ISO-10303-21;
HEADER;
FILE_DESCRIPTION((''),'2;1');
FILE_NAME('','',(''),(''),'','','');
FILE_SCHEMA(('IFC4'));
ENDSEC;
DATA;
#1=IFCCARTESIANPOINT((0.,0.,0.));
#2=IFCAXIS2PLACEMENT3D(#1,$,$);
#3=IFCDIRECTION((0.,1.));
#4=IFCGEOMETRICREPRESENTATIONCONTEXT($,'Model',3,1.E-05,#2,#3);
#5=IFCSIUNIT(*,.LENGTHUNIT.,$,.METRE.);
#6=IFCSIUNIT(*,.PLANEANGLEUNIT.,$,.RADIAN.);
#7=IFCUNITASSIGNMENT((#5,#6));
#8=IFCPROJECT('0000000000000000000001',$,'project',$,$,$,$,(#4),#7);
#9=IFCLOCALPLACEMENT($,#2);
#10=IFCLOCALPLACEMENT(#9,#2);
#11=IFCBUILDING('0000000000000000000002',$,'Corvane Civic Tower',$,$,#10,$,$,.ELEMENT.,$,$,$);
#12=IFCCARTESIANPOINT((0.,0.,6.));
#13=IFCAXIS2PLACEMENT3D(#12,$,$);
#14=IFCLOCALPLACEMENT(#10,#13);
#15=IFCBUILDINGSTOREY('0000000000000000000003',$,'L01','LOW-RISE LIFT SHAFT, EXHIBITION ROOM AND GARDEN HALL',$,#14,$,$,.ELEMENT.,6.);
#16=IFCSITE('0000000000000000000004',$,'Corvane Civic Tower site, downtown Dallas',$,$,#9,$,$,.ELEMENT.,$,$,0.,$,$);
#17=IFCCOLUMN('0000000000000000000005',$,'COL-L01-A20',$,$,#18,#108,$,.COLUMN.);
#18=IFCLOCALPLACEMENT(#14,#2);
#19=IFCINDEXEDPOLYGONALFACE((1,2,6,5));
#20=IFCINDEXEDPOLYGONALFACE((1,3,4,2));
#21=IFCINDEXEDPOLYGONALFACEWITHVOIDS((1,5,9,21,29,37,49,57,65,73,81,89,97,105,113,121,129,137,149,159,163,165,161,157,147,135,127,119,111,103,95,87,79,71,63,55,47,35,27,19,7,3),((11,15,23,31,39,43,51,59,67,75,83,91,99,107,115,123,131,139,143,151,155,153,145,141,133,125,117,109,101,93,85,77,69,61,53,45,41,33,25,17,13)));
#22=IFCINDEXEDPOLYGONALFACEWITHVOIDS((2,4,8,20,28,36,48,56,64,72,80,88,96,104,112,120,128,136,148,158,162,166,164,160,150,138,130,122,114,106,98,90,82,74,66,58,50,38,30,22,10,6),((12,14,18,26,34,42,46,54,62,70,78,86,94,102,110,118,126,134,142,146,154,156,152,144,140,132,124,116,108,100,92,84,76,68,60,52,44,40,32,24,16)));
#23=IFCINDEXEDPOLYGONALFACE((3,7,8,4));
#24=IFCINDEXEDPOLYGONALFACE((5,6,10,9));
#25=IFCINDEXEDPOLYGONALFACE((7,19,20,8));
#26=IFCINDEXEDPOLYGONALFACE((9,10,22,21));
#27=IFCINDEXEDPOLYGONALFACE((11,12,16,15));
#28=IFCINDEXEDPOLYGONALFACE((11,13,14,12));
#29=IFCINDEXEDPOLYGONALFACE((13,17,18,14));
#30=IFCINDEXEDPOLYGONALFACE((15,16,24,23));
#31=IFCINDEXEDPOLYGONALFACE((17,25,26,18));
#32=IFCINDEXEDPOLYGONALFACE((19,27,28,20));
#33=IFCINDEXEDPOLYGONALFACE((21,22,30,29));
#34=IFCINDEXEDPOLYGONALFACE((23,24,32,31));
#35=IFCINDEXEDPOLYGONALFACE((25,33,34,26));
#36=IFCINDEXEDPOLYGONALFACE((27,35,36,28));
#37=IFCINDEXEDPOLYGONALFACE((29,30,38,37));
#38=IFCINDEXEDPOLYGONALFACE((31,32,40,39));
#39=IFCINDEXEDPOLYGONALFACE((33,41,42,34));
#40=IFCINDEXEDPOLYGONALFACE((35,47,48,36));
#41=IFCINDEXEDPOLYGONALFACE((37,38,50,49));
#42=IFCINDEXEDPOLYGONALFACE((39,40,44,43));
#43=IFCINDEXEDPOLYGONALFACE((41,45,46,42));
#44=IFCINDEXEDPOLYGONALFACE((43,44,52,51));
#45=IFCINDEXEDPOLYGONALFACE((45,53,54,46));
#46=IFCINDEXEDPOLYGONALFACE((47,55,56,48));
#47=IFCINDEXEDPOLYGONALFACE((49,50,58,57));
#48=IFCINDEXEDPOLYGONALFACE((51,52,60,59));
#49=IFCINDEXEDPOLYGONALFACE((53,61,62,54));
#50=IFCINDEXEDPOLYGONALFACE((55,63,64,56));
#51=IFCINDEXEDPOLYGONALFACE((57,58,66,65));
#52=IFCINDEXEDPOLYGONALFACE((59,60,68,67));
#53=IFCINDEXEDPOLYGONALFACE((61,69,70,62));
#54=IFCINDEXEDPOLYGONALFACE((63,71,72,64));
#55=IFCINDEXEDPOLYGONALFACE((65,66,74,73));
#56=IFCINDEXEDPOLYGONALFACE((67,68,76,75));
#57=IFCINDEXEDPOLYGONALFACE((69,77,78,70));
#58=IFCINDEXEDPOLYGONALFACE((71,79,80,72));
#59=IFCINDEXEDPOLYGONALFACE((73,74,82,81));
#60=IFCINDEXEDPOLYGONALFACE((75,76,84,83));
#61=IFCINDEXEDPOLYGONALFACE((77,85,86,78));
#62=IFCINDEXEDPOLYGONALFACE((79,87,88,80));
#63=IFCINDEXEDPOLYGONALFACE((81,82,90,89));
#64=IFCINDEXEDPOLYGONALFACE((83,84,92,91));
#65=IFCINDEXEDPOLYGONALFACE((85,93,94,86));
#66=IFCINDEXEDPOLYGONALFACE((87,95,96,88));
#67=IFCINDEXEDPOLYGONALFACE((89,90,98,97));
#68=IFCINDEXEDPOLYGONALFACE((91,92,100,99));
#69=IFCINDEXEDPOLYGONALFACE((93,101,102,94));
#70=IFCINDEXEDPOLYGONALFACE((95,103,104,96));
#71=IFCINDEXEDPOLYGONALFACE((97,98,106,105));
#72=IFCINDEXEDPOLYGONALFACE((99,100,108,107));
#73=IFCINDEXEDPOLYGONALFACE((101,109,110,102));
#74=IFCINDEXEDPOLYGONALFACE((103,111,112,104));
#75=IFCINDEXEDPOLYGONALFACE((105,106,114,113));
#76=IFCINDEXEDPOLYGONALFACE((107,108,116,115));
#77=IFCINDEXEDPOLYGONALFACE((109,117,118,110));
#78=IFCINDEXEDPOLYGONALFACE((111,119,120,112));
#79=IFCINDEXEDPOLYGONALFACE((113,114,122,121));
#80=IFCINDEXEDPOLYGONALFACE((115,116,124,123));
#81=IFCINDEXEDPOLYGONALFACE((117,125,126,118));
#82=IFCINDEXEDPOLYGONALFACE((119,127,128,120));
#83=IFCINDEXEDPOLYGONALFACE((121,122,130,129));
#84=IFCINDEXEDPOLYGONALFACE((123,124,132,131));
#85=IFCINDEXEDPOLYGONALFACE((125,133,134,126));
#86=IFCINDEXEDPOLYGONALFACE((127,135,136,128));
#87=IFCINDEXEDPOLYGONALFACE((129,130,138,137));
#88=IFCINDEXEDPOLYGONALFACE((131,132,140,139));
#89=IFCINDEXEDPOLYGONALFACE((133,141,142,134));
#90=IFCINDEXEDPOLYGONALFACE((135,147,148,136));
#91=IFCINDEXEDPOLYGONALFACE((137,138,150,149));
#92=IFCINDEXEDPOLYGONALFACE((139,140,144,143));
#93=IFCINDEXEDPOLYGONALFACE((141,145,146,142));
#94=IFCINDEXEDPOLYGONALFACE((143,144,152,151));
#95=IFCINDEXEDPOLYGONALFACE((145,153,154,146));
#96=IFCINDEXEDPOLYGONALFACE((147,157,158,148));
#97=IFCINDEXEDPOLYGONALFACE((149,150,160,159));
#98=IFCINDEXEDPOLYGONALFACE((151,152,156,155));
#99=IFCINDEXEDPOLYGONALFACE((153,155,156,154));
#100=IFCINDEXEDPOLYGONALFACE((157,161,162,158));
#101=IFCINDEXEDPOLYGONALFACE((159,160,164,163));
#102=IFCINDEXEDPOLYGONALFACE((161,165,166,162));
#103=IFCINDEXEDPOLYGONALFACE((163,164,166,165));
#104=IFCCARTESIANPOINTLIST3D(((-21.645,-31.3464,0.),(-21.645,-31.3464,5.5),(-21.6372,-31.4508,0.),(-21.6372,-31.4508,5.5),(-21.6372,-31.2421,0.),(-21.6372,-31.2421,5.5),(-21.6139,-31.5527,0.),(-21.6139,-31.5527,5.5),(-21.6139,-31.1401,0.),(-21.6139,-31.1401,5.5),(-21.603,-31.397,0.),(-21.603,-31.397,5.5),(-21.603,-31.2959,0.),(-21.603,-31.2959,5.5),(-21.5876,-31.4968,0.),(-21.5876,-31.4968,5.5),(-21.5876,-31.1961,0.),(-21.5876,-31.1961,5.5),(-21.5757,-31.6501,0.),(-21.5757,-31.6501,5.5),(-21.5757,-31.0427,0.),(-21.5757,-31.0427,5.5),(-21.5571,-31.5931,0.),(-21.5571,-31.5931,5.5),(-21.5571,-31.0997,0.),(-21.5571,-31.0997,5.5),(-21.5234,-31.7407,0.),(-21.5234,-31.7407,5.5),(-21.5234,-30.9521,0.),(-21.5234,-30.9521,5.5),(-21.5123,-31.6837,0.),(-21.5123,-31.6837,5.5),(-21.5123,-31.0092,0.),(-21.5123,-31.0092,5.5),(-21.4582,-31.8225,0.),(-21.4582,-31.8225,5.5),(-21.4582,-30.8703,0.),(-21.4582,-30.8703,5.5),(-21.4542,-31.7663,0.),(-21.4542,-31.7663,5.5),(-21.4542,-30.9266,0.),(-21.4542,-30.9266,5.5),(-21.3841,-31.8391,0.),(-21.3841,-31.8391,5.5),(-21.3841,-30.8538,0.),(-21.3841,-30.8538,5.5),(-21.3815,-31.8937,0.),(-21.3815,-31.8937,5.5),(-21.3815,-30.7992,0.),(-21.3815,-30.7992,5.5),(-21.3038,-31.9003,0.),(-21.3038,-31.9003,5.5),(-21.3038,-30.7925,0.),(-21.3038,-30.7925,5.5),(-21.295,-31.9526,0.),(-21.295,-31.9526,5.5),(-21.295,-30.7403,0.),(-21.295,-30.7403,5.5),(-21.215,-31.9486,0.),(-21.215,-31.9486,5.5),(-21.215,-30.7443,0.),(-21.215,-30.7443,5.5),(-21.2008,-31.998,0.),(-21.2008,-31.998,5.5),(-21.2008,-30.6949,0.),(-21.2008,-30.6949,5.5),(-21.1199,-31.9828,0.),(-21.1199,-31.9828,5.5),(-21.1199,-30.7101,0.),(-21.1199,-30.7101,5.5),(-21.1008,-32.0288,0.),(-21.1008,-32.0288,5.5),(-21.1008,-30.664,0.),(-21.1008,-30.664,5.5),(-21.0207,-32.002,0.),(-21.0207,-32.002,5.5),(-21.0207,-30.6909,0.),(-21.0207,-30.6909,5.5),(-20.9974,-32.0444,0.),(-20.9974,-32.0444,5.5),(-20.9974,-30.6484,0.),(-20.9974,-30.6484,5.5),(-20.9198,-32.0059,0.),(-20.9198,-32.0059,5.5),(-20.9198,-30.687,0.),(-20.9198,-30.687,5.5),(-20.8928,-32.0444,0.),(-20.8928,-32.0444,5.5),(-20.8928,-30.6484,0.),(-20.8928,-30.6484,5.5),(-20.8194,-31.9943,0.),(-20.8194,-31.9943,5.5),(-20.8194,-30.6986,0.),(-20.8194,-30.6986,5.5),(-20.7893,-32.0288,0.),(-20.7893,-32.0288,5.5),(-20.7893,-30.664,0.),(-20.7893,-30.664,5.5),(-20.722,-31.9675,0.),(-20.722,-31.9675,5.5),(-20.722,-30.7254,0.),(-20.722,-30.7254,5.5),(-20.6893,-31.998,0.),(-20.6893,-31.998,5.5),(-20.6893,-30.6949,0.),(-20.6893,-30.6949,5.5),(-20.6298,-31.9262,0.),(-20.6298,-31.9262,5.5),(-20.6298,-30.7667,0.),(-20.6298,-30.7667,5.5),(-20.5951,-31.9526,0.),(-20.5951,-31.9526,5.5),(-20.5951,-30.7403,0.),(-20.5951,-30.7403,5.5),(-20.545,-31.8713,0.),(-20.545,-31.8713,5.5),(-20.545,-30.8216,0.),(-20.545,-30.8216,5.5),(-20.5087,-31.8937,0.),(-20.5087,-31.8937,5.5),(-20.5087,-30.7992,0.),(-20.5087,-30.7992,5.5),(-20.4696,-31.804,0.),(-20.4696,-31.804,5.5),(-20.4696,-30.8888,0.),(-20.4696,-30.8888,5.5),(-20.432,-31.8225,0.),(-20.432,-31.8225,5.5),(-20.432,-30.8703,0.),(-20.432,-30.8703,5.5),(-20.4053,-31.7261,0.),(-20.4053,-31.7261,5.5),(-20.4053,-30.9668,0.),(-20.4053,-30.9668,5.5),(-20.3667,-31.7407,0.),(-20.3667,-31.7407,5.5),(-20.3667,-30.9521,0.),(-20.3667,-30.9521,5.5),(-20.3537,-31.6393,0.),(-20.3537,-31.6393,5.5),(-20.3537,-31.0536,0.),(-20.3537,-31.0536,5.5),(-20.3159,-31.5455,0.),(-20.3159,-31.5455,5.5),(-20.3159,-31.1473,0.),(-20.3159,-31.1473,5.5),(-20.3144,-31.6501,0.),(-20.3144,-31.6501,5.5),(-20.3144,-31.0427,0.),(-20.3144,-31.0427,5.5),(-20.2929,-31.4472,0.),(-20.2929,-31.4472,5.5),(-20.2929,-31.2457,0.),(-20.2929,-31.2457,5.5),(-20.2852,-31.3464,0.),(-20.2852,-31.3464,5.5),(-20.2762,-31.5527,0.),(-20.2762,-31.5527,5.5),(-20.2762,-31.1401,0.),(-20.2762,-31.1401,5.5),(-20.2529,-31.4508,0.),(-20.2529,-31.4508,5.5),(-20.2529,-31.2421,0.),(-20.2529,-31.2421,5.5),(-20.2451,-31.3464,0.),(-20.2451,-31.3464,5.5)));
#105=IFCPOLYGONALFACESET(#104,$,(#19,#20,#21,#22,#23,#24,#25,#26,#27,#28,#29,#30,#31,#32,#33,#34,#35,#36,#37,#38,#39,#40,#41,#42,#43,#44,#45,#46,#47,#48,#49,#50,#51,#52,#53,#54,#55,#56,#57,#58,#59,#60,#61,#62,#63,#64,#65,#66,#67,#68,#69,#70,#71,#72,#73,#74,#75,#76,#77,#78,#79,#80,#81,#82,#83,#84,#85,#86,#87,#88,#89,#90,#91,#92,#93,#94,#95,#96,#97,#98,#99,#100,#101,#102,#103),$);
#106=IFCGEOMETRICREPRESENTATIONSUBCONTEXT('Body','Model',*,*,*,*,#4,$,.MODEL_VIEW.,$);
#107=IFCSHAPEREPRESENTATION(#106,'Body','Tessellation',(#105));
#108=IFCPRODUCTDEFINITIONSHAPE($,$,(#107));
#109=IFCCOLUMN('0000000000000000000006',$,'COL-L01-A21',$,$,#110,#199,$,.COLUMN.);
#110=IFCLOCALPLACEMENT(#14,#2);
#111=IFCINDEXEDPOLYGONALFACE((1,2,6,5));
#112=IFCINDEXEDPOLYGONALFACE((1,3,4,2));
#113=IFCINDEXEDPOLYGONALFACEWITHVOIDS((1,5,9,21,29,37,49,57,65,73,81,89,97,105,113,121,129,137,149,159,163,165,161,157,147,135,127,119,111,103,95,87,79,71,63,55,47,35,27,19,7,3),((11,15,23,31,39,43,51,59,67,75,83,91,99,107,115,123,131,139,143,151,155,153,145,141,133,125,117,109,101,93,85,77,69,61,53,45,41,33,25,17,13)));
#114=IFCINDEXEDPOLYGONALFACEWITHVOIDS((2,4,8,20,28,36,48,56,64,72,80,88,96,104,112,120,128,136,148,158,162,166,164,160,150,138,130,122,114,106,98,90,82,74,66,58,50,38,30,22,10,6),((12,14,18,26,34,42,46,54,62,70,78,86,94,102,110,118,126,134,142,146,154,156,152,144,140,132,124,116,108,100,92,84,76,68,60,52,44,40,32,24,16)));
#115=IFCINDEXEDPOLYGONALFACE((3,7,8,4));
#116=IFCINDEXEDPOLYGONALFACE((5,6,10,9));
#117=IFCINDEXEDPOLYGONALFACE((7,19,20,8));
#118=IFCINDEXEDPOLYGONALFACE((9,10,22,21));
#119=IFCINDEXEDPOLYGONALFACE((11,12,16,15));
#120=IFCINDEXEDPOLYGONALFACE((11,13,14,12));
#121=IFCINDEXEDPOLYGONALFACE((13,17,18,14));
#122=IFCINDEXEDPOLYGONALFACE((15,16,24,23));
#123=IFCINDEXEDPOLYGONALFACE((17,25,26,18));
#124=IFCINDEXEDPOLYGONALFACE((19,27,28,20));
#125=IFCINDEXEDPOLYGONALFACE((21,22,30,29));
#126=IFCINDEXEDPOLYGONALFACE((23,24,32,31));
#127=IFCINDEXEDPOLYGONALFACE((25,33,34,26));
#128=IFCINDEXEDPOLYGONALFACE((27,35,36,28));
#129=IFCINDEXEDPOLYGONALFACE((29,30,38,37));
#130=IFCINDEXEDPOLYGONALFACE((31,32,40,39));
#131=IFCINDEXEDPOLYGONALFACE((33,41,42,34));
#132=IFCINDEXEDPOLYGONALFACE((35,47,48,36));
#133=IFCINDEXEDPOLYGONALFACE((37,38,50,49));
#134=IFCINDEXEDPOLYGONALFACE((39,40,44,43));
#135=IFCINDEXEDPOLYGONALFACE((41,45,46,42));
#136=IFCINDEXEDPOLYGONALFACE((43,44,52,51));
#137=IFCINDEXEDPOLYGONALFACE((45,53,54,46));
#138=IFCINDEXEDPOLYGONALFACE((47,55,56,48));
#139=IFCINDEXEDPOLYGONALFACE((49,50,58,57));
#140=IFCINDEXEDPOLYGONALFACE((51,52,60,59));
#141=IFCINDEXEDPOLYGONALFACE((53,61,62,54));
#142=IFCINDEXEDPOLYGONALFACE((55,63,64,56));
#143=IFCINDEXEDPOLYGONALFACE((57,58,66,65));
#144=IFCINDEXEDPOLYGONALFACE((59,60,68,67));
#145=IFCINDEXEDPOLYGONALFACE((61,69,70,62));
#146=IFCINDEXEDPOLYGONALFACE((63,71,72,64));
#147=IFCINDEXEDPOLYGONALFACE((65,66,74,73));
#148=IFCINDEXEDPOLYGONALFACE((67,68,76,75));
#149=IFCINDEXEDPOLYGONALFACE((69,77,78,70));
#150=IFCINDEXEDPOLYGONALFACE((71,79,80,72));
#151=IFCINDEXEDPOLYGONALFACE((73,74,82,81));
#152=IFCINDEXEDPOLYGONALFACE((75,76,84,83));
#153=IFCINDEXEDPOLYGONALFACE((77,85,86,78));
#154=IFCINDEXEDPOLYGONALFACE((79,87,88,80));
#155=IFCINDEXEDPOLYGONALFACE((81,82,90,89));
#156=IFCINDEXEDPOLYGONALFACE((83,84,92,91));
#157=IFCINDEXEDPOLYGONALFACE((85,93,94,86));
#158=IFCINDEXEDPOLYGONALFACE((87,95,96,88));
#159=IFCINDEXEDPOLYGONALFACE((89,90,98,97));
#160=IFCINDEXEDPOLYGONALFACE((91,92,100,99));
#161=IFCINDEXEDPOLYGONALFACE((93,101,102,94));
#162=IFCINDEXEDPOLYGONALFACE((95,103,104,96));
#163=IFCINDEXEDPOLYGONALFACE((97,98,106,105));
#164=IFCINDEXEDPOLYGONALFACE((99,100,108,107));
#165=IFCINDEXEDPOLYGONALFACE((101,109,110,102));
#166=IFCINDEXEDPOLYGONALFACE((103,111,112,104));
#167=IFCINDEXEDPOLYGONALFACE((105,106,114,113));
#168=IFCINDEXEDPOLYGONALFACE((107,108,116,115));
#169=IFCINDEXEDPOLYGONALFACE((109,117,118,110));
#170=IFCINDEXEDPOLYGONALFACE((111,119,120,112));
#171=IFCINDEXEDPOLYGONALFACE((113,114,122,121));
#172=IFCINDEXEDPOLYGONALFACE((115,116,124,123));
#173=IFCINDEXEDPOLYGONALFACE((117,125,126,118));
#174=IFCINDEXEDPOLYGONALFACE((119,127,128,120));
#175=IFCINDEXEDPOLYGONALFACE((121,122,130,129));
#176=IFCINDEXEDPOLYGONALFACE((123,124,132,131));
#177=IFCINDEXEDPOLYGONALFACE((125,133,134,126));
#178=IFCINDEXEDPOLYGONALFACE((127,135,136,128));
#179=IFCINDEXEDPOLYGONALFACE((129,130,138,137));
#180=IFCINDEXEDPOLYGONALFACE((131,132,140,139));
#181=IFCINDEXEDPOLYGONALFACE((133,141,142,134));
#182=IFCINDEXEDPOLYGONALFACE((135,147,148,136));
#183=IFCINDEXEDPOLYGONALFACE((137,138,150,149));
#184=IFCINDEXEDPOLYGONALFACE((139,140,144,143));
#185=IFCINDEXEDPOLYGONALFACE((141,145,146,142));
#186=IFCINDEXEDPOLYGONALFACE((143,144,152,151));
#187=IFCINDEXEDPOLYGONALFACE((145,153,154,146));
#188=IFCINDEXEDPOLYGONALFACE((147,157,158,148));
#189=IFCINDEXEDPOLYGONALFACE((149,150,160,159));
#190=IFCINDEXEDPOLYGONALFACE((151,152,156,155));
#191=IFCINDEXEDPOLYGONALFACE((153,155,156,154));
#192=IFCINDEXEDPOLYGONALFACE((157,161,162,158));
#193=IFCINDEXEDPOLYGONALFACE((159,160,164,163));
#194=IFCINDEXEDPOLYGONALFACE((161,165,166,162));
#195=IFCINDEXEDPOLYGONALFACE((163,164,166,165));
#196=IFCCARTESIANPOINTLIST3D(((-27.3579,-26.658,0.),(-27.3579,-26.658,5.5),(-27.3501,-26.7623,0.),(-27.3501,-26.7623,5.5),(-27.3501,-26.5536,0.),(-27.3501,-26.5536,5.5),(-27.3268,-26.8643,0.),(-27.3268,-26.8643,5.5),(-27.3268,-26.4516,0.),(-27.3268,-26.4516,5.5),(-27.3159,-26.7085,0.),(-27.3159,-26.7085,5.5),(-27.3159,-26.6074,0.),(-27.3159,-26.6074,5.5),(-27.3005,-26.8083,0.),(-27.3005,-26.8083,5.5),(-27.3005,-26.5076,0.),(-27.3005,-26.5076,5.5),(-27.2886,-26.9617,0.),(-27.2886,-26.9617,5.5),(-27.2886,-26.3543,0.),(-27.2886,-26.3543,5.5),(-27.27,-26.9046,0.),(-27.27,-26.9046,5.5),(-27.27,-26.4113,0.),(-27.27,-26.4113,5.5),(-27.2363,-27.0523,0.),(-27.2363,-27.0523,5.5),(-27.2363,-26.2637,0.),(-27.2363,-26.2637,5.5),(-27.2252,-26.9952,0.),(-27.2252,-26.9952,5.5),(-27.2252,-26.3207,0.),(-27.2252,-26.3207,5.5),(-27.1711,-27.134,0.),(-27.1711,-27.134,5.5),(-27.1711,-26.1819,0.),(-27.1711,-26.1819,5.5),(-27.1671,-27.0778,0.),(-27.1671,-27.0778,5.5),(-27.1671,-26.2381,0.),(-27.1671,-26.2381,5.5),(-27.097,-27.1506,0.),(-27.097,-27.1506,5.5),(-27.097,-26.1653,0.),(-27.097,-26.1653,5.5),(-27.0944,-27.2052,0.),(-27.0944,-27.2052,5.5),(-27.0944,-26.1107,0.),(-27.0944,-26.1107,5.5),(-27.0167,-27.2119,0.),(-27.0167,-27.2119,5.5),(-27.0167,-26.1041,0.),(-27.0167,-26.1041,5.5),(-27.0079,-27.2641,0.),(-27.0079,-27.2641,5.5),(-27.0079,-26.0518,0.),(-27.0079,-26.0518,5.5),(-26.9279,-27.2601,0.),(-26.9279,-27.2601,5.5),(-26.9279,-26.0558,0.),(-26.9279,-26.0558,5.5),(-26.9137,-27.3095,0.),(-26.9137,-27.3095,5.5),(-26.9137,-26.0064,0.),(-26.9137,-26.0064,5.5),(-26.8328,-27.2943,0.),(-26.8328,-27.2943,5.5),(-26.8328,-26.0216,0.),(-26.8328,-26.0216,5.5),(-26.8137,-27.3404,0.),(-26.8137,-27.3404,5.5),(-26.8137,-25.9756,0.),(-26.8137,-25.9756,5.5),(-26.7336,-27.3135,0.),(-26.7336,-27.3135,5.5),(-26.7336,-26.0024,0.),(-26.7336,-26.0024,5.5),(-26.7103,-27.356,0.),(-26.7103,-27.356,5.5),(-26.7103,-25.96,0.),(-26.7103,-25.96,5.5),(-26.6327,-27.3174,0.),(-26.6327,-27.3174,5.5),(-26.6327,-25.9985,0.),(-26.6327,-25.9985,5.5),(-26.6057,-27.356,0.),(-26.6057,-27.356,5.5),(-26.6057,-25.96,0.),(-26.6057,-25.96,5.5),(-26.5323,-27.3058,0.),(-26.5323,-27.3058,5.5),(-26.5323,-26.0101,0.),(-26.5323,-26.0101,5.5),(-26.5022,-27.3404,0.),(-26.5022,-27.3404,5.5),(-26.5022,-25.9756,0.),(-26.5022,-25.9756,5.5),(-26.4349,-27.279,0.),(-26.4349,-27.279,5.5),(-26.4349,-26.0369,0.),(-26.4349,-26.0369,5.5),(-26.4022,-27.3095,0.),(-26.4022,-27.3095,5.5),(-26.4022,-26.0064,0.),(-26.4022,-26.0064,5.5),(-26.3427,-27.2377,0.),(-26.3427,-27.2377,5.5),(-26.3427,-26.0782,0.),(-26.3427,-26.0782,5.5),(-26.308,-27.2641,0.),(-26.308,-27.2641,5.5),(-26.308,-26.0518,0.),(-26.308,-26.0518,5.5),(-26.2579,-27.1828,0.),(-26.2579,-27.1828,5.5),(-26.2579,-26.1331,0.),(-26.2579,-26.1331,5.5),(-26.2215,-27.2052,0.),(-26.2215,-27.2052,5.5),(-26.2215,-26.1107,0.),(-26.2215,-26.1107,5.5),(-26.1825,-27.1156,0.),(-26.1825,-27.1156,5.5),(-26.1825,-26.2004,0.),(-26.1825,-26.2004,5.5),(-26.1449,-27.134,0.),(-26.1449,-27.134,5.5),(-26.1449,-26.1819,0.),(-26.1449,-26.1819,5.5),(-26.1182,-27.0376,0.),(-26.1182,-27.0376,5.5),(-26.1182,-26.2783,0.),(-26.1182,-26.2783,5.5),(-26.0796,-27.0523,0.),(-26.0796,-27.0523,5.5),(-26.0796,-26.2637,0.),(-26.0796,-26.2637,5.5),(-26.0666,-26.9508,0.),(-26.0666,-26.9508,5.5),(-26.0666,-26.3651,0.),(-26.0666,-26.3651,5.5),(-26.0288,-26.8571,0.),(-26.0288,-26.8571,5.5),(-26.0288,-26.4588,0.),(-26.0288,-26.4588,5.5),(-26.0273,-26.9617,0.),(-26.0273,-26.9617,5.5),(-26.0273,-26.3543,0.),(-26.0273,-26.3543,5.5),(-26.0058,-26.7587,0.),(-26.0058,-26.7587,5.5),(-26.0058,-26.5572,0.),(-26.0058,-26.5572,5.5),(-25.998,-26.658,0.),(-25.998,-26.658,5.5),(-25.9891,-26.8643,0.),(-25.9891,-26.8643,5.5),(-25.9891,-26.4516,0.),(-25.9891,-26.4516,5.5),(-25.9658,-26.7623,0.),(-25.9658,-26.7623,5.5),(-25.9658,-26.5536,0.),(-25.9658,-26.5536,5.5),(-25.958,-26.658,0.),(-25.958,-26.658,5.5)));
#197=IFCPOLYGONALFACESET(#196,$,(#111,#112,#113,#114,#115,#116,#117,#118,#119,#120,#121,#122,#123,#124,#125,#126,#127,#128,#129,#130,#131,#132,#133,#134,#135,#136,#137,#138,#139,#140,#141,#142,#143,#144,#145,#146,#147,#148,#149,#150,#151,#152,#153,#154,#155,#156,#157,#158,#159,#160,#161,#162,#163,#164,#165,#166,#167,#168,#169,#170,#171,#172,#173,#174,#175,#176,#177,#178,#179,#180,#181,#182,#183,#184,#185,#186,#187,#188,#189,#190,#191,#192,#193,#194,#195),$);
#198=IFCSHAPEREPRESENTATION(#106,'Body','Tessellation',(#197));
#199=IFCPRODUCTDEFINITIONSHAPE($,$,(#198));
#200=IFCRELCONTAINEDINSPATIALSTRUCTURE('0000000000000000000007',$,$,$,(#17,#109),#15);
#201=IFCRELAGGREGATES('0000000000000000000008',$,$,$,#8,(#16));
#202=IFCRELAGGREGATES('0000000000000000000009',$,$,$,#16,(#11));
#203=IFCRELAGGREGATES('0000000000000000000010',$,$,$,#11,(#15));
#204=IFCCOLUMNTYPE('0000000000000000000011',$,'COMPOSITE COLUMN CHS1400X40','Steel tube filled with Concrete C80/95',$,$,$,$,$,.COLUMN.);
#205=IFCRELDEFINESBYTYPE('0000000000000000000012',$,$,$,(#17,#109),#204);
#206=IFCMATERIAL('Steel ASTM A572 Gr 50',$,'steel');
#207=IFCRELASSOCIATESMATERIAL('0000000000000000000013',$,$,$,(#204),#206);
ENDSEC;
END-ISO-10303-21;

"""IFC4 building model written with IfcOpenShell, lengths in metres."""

from ifc_helpers import new_model, si_unit, direction, frame, origin, origin_2d, place, context, subcontext, project, spatial, hollow_circle, extrude, material, material_profile, profile_set, type_object, element, save


model = new_model("IFC4")

# Units and contexts
model_context = context("Model", 3, precision=1e-05, world=origin(), true_north=direction((0.0, 1.0)))
body_context = subcontext(model_context, "Body", "Model", "MODEL_VIEW")
ifc_project = project(units=[si_unit("LENGTHUNIT", "METRE"), si_unit("PLANEANGLEUNIT", "RADIAN")], contexts=[model_context])

# Site, building, storey
site_placement = place(None, origin())
site = spatial("IfcSite", under=ifc_project, at=site_placement, Name="Corvane Civic Tower site, downtown Dallas", CompositionType="ELEMENT", RefElevation=0.0)
building_placement = place(site_placement, origin())
building = spatial("IfcBuilding", under=site, at=building_placement, Name="Corvane Civic Tower", CompositionType="ELEMENT")
storey_placement = place(building_placement, frame((0.0, 0.0, 6.0)))
storey = spatial("IfcBuildingStorey", under=building, at=storey_placement, Name="L01", Description="LOW-RISE LIFT SHAFT, EXHIBITION ROOM AND GARDEN HALL", CompositionType="ELEMENT", Elevation=6.0)

# Columns
ifc_material_1 = material(Name="Steel ASTM A572 Gr 50", Category="steel")
ifc_material_profile_1 = material_profile(ifc_material_1, hollow_circle(Radius=0.7, WallThickness=0.04, at=origin_2d()), Name="CHS1400X40")
ifc_profile_set_1 = profile_set([ifc_material_profile_1], Name="Steel ASTM A572 Gr 50")
column_type_1 = type_object("IfcColumnType", Name="COMPOSITE COLUMN CHS1400X40", Description="Steel tube filled with Concrete C80/95", PredefinedType="COLUMN", material=ifc_profile_set_1)
for number, where, z_axis, x_axis, name in (
    (1, (-20.9451, -31.3464, 0.0), (0.0, 0.0, 1.0), (1.0, 0.0, 0.0), "COL-L01-A20"),
    (2, (-26.658, -26.658, 0.0), (0.0, 0.0, 1.0), (1.0, 0.0, 0.0), "COL-L01-A21"),
):
    element("IfcColumn", number, at=place(storey_placement, frame(where, z_axis=z_axis, x_axis=x_axis)), inside=storey, type_object=column_type_1, Name=name, PredefinedType="COLUMN", context=body_context, shape_type="SweptSolid", body=[
        extrude(hollow_circle(Radius=0.7, WallThickness=0.04, at=origin_2d()), origin(), (0.0, 0.0, 1.0), 5.5),
    ])

save(model, "model.ifc")
